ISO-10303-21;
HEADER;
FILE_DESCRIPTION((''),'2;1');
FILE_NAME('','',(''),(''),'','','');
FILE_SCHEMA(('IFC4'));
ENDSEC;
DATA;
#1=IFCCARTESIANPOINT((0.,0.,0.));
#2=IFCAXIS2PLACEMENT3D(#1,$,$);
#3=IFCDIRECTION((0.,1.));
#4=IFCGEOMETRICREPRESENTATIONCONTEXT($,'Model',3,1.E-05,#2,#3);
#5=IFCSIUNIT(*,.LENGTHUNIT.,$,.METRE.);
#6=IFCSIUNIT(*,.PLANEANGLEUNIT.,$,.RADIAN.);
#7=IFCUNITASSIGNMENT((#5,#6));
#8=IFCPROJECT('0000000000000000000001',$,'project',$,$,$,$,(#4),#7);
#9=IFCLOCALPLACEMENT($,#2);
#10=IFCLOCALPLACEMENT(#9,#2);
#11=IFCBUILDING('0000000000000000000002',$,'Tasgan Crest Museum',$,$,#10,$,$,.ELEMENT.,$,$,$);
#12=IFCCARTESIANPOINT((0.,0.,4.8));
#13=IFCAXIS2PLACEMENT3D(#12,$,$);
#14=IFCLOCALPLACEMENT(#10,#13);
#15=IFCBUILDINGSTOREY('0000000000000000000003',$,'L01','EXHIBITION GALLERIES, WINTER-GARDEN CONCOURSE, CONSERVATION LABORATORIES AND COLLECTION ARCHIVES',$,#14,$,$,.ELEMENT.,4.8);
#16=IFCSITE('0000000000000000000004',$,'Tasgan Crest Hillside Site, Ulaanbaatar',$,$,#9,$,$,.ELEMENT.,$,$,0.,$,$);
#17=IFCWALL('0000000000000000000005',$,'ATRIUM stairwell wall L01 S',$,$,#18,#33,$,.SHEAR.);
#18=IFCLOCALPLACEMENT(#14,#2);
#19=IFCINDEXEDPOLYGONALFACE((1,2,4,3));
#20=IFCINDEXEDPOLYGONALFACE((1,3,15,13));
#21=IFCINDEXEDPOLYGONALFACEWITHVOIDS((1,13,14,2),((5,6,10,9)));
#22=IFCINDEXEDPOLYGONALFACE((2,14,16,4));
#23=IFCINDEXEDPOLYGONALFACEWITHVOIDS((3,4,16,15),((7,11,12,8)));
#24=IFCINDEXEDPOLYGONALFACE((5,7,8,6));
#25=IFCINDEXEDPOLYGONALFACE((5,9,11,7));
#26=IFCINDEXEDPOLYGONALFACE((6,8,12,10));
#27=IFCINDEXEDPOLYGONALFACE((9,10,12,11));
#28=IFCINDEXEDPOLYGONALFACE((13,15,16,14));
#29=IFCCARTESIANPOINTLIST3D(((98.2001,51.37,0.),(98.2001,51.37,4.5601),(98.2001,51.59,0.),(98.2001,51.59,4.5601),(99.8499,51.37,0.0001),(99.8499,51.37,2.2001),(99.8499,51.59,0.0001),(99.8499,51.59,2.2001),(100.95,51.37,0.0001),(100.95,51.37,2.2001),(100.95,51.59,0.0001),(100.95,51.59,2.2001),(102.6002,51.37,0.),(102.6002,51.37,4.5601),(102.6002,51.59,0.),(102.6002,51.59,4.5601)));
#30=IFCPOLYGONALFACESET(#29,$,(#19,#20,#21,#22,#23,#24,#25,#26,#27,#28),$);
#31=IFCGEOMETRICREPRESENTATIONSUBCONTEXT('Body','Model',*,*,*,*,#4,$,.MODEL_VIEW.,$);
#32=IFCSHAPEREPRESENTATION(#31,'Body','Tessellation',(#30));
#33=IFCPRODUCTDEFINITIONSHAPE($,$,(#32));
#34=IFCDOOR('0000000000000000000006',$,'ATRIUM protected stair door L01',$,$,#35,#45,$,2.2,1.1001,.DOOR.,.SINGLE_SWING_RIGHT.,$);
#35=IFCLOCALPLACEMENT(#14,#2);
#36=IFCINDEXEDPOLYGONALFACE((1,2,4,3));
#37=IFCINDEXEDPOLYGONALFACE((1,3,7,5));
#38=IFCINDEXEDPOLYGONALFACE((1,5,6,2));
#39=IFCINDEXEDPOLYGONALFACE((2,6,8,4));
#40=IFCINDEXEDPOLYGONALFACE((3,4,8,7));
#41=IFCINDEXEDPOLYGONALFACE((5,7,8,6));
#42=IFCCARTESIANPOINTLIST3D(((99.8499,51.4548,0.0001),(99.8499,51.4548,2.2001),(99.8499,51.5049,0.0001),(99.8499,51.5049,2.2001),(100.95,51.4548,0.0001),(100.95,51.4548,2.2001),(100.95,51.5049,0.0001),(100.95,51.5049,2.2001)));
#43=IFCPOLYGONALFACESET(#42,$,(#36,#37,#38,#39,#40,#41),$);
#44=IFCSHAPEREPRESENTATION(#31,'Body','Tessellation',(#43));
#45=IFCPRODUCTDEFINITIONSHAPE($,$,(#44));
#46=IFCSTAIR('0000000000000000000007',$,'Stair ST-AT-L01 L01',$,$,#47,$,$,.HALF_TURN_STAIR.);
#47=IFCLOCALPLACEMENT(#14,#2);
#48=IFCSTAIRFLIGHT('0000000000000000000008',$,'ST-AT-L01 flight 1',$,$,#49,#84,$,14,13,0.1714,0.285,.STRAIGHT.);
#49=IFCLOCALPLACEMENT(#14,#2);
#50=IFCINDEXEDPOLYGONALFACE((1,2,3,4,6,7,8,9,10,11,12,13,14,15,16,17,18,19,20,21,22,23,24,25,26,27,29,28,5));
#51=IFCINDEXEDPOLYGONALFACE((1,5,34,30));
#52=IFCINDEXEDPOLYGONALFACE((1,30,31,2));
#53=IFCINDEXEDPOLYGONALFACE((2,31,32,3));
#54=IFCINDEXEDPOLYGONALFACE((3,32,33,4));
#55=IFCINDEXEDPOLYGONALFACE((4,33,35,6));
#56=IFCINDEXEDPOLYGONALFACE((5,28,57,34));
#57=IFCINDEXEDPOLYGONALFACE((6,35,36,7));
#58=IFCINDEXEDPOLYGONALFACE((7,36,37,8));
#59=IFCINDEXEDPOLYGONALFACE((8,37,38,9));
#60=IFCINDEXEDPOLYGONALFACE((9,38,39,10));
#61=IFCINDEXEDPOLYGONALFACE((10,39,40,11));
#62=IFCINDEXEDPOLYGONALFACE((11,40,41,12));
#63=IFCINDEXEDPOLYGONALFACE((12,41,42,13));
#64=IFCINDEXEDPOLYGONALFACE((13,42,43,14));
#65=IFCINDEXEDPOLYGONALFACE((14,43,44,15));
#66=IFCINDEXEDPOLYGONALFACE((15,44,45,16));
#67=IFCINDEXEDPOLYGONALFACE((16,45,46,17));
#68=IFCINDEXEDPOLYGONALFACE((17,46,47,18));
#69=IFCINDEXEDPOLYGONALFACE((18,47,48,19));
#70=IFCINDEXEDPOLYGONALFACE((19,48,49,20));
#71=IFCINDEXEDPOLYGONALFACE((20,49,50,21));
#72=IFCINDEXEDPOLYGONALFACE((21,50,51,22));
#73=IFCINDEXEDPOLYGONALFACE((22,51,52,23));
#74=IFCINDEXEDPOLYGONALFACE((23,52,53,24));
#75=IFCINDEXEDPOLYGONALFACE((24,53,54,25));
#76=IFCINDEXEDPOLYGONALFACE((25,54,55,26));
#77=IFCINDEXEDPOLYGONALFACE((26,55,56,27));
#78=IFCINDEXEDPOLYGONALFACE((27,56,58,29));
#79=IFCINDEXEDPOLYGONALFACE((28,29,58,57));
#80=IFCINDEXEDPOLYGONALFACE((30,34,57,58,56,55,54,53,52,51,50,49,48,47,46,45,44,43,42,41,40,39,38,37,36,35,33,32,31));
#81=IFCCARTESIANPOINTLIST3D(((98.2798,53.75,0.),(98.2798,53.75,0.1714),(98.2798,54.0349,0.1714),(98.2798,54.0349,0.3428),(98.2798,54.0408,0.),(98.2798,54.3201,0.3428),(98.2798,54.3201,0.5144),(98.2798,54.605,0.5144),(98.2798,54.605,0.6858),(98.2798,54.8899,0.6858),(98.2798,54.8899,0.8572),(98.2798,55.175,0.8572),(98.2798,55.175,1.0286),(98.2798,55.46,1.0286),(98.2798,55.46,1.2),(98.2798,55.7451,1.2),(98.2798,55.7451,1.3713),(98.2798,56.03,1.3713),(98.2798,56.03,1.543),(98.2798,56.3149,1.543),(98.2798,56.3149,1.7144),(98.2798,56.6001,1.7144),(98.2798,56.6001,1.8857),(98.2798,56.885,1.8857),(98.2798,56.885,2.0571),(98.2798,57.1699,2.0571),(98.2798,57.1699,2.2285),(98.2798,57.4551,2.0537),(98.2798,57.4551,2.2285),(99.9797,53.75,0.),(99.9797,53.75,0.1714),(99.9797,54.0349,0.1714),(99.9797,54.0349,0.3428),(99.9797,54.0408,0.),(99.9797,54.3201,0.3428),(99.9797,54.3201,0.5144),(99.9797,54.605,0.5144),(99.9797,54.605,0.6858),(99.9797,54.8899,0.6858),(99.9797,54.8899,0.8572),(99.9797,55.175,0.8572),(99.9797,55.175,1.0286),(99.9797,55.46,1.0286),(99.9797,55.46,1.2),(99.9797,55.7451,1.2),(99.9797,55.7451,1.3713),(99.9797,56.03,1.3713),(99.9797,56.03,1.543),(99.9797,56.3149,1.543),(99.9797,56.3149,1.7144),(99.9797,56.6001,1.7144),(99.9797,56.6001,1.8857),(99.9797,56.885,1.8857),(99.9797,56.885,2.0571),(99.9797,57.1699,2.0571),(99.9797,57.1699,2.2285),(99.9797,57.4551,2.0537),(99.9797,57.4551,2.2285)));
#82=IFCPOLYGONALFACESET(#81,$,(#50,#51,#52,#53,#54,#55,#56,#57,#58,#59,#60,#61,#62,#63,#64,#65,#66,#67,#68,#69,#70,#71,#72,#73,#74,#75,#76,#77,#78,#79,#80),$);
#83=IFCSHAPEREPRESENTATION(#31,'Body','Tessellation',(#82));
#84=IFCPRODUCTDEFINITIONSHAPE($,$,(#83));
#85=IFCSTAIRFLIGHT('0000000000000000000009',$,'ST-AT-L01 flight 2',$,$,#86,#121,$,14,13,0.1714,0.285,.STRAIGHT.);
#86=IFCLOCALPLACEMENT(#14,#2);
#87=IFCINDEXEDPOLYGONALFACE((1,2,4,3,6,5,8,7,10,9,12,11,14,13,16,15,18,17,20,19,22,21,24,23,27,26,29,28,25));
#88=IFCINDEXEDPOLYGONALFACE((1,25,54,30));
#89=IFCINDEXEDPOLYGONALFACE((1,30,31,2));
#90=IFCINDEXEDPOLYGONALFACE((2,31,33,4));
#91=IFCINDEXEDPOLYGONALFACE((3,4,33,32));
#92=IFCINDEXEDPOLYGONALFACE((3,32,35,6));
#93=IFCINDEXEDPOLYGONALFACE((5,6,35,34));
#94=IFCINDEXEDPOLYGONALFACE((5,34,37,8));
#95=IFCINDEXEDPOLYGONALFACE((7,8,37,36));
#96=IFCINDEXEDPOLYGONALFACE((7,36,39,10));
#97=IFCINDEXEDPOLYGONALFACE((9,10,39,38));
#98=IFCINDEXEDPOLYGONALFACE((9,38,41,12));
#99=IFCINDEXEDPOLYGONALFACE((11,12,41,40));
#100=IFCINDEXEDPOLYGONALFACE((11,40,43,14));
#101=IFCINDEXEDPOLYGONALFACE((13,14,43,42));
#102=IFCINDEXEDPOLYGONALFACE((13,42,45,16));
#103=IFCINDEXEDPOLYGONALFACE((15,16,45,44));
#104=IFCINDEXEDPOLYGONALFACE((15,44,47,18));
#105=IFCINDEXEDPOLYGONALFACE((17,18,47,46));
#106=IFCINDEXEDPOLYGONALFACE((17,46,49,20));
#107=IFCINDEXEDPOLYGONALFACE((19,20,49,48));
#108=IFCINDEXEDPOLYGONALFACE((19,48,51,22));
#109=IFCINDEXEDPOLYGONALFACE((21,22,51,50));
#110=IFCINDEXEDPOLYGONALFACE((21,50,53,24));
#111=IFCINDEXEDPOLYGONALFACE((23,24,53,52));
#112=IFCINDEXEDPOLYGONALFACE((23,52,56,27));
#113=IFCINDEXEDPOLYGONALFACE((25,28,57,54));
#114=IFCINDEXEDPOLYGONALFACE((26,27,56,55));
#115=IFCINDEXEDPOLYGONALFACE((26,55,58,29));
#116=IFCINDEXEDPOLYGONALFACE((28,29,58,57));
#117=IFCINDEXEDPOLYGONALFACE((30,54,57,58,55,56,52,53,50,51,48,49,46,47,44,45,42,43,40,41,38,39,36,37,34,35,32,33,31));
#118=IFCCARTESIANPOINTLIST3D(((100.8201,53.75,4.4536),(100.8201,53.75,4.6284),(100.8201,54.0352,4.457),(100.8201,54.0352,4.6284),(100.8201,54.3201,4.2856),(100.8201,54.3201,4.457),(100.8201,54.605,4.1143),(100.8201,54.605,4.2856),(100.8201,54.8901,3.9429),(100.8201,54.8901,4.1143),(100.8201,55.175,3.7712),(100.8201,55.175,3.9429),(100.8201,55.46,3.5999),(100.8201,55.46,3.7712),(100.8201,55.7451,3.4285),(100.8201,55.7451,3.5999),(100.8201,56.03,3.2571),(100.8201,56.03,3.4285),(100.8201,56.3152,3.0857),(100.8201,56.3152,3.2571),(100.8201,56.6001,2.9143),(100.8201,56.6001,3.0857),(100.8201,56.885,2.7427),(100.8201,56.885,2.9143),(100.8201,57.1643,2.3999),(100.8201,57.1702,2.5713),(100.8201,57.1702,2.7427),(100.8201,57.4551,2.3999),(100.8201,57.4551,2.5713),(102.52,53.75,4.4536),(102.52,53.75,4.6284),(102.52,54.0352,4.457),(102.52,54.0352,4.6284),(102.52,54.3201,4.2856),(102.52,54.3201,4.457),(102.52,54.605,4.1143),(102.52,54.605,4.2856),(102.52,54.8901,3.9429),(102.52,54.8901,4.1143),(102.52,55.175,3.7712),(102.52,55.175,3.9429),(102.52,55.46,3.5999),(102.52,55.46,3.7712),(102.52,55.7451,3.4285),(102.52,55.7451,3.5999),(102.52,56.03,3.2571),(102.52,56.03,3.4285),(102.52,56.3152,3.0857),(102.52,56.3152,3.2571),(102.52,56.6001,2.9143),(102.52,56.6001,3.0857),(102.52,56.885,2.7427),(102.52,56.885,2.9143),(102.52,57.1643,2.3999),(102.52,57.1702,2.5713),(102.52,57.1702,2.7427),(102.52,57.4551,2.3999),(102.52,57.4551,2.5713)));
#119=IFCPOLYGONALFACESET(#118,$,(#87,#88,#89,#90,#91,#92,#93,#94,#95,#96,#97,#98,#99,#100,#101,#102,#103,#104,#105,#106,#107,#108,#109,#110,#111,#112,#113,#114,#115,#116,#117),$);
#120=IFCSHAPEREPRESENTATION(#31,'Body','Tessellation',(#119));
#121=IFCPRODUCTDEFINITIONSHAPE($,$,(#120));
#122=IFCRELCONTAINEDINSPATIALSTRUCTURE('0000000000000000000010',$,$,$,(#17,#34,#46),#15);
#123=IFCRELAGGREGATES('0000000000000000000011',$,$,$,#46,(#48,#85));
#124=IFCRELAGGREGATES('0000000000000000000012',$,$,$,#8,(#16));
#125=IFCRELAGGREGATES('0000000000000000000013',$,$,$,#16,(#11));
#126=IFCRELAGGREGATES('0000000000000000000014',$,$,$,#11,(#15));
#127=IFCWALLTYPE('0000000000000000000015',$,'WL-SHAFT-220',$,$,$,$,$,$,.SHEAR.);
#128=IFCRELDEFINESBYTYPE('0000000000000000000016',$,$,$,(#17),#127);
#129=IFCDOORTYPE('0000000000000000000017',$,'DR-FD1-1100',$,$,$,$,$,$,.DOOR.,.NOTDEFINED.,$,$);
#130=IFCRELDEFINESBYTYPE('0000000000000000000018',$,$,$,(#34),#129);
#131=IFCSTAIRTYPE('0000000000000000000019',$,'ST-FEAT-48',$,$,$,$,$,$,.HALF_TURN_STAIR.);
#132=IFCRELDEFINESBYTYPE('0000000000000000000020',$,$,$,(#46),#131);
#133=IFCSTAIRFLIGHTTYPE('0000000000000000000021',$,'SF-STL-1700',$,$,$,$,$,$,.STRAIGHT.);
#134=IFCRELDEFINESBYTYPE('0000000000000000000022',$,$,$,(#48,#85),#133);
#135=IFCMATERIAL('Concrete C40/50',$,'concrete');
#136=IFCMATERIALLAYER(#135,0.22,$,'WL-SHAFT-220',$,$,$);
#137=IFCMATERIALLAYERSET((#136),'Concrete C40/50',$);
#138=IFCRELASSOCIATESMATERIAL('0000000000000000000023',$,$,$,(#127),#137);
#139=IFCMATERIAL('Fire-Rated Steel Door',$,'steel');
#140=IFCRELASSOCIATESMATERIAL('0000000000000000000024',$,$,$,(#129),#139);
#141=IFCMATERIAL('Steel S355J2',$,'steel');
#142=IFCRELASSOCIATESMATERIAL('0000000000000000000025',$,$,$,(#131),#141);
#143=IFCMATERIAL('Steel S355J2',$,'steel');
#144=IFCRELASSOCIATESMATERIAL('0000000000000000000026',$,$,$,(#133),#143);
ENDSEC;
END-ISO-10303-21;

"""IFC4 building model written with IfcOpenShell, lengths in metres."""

from ifc_helpers import new_model, si_unit, direction, frame, frame_2d, origin, place, context, subcontext, project, spatial, polyline, rectangle, outline, extrude, material, layer, layer_set, type_object, element, fill, aggregate, save


model = new_model("IFC4")

# Units and contexts
model_context = context("Model", 3, precision=1e-05, world=origin(), true_north=direction((0.0, 1.0)))
body_context = subcontext(model_context, "Body", "Model", "MODEL_VIEW")
ifc_project = project(units=[si_unit("LENGTHUNIT", "METRE"), si_unit("PLANEANGLEUNIT", "RADIAN")], contexts=[model_context])

# Site, building, storey
site_placement = place(None, origin())
site = spatial("IfcSite", under=ifc_project, at=site_placement, Name="Tasgan Crest Hillside Site, Ulaanbaatar", CompositionType="ELEMENT", RefElevation=0.0)
building_placement = place(site_placement, origin())
building = spatial("IfcBuilding", under=site, at=building_placement, Name="Tasgan Crest Museum", CompositionType="ELEMENT")
storey_placement = place(building_placement, frame((0.0, 0.0, 4.8)))
storey = spatial("IfcBuildingStorey", under=building, at=storey_placement, Name="L01", Description="EXHIBITION GALLERIES, WINTER-GARDEN CONCOURSE, CONSERVATION LABORATORIES AND COLLECTION ARCHIVES", CompositionType="ELEMENT", Elevation=4.8)

# Shared definitions
ifc_material_1 = material(Name="Concrete C40/50", Category="concrete")
ifc_layer_1 = layer(ifc_material_1, 0.22, Name="WL-SHAFT-220")
ifc_layer_set_1 = layer_set([ifc_layer_1], Name="Concrete C40/50")
wall_type_1 = type_object("IfcWallType", Name="WL-SHAFT-220", PredefinedType="SHEAR", material=ifc_layer_set_1)

# Wall, opening, door
wall_1_placement = place(storey_placement, frame((98.2, 51.48, 0.0), z_axis=(0.0, 0.0, 1.0), x_axis=(1.0, 0.0, 0.0)))
wall_1 = element("IfcWall", 1, at=wall_1_placement, inside=storey, type_object=wall_type_1, Name="ATRIUM stairwell wall L01 S", PredefinedType="SHEAR", context=body_context, shape_type="SweptSolid", body=[
    extrude(rectangle(XDim=4.4001, YDim=0.22, at=frame_2d((2.2002, 0.0))), origin(), (0.0, 0.0, 1.0), 4.5601),
])
opening_placement = place(wall_1_placement, frame((1.6499, 0.0, 0.0)))
opening = element("IfcOpeningElement", 2, at=opening_placement, cuts=wall_1, PredefinedType="OPENING", context=body_context, shape_type="SweptSolid", body=[
    extrude(rectangle(XDim=1.1001, YDim=2.2, at=frame_2d((0.55, 1.1001))), frame((0.0, 0.1199, 0.0), z_axis=(0.0, -1.0, 0.0), x_axis=(1.0, 0.0, 0.0)), (0.0, 0.0, 1.0), 0.24),
])
ifc_material_2 = material(Name="Fire-Rated Steel Door", Category="steel")
door_type = type_object("IfcDoorType", Name="DR-FD1-1100", OperationType="NOTDEFINED", PredefinedType="DOOR", material=ifc_material_2)
door_placement = place(opening_placement, origin())
door = element("IfcDoor", 3, at=door_placement, inside=storey, type_object=door_type, Name="ATRIUM protected stair door L01", OperationType="SINGLE_SWING_RIGHT", OverallHeight=2.2, OverallWidth=1.1001, PredefinedType="DOOR", context=body_context, shape_type="SweptSolid", body=[
    extrude(rectangle(XDim=1.1001, YDim=2.2, at=frame_2d((0.55, 1.1001))), frame((0.0, 0.0249, 0.0), z_axis=(0.0, -1.0, 0.0), x_axis=(1.0, 0.0, 0.0)), (0.0, 0.0, 1.0), 0.05),
])
fill(opening, door)

# Stair, stair flights
ifc_material_3 = material(Name="Steel S355J2", Category="steel")
stair_type = type_object("IfcStairType", Name="ST-FEAT-48", PredefinedType="HALF_TURN_STAIR", material=ifc_material_3)
stair_placement = place(storey_placement, origin())
stair = element("IfcStair", 4, at=stair_placement, inside=storey, type_object=stair_type, Name="Stair ST-AT-L01 L01", PredefinedType="HALF_TURN_STAIR")
ifc_material_4 = material(Name="Steel S355J2", Category="steel")
stair_flight_type = type_object("IfcStairFlightType", Name="SF-STL-1700", PredefinedType="STRAIGHT", material=ifc_material_4)
stair_flight_1_placement = place(storey_placement, frame((99.1299, 53.75, 0.0), z_axis=(0.0, 0.0, 1.0), x_axis=(0.0, 1.0, 0.0)))
stair_flight_1 = element("IfcStairFlight", 5, at=stair_flight_1_placement, type_object=stair_flight_type, Name="ST-AT-L01 flight 1", NumberOfRisers=14, NumberOfTreads=13, PredefinedType="STRAIGHT", RiserHeight=0.1714, TreadLength=0.285, context=body_context, shape_type="SweptSolid", body=[
    extrude(outline(polyline([(0.0, 0.0), (0.0, 0.1714), (0.2849, 0.1714), (0.2849, 0.3428), (0.5701, 0.3428), (0.5701, 0.5144), (0.855, 0.5144), (0.855, 0.6858), (1.1399, 0.6858), (1.1399, 0.8572), (1.425, 0.8572), (1.425, 1.0286), (1.71, 1.0286), (1.71, 1.2), (1.9951, 1.2), (1.9951, 1.3713), (2.28, 1.3713), (2.28, 1.543), (2.5649, 1.543), (2.5649, 1.7144), (2.8501, 1.7144), (2.8501, 1.8857), (3.135, 1.8857), (3.135, 2.0571), (3.4199, 2.0571), (3.4199, 2.2285), (3.7051, 2.2285), (3.7051, 2.3999), (3.7051, 2.0537), (0.2908, 0.0), (0.0, 0.0)])), frame((0.0, 0.8501, 0.0), z_axis=(0.0, -1.0, 0.0), x_axis=(1.0, 0.0, 0.0)), (0.0, 0.0, 1.0), 1.7),
])
stair_flight_2_placement = place(storey_placement, frame((101.6699, 57.4551, 2.3999), z_axis=(0.0, 0.0, 1.0), x_axis=(0.0, -1.0, 0.0)))
stair_flight_2 = element("IfcStairFlight", 6, at=stair_flight_2_placement, type_object=stair_flight_type, Name="ST-AT-L01 flight 2", NumberOfRisers=14, NumberOfTreads=13, PredefinedType="STRAIGHT", RiserHeight=0.1714, TreadLength=0.285, context=body_context, shape_type="SweptSolid", body=[
    extrude(outline(polyline([(0.0, 0.0), (0.0, 0.1714), (0.2849, 0.1714), (0.2849, 0.3428), (0.5701, 0.3428), (0.5701, 0.5144), (0.855, 0.5144), (0.855, 0.6858), (1.1399, 0.6858), (1.1399, 0.8572), (1.425, 0.8572), (1.425, 1.0286), (1.71, 1.0286), (1.71, 1.2), (1.9951, 1.2), (1.9951, 1.3713), (2.28, 1.3713), (2.28, 1.543), (2.5649, 1.543), (2.5649, 1.7144), (2.8501, 1.7144), (2.8501, 1.8857), (3.135, 1.8857), (3.135, 2.0571), (3.4199, 2.0571), (3.4199, 2.2285), (3.7051, 2.2285), (3.7051, 2.3999), (3.7051, 2.0537), (0.2908, 0.0), (0.0, 0.0)])), frame((0.0, 0.8501, 0.0), z_axis=(0.0, -1.0, 0.0), x_axis=(1.0, 0.0, 0.0)), (0.0, 0.0, 1.0), 1.7),
])
aggregate(stair, [stair_flight_1, stair_flight_2])

save(model, "model.ifc")
